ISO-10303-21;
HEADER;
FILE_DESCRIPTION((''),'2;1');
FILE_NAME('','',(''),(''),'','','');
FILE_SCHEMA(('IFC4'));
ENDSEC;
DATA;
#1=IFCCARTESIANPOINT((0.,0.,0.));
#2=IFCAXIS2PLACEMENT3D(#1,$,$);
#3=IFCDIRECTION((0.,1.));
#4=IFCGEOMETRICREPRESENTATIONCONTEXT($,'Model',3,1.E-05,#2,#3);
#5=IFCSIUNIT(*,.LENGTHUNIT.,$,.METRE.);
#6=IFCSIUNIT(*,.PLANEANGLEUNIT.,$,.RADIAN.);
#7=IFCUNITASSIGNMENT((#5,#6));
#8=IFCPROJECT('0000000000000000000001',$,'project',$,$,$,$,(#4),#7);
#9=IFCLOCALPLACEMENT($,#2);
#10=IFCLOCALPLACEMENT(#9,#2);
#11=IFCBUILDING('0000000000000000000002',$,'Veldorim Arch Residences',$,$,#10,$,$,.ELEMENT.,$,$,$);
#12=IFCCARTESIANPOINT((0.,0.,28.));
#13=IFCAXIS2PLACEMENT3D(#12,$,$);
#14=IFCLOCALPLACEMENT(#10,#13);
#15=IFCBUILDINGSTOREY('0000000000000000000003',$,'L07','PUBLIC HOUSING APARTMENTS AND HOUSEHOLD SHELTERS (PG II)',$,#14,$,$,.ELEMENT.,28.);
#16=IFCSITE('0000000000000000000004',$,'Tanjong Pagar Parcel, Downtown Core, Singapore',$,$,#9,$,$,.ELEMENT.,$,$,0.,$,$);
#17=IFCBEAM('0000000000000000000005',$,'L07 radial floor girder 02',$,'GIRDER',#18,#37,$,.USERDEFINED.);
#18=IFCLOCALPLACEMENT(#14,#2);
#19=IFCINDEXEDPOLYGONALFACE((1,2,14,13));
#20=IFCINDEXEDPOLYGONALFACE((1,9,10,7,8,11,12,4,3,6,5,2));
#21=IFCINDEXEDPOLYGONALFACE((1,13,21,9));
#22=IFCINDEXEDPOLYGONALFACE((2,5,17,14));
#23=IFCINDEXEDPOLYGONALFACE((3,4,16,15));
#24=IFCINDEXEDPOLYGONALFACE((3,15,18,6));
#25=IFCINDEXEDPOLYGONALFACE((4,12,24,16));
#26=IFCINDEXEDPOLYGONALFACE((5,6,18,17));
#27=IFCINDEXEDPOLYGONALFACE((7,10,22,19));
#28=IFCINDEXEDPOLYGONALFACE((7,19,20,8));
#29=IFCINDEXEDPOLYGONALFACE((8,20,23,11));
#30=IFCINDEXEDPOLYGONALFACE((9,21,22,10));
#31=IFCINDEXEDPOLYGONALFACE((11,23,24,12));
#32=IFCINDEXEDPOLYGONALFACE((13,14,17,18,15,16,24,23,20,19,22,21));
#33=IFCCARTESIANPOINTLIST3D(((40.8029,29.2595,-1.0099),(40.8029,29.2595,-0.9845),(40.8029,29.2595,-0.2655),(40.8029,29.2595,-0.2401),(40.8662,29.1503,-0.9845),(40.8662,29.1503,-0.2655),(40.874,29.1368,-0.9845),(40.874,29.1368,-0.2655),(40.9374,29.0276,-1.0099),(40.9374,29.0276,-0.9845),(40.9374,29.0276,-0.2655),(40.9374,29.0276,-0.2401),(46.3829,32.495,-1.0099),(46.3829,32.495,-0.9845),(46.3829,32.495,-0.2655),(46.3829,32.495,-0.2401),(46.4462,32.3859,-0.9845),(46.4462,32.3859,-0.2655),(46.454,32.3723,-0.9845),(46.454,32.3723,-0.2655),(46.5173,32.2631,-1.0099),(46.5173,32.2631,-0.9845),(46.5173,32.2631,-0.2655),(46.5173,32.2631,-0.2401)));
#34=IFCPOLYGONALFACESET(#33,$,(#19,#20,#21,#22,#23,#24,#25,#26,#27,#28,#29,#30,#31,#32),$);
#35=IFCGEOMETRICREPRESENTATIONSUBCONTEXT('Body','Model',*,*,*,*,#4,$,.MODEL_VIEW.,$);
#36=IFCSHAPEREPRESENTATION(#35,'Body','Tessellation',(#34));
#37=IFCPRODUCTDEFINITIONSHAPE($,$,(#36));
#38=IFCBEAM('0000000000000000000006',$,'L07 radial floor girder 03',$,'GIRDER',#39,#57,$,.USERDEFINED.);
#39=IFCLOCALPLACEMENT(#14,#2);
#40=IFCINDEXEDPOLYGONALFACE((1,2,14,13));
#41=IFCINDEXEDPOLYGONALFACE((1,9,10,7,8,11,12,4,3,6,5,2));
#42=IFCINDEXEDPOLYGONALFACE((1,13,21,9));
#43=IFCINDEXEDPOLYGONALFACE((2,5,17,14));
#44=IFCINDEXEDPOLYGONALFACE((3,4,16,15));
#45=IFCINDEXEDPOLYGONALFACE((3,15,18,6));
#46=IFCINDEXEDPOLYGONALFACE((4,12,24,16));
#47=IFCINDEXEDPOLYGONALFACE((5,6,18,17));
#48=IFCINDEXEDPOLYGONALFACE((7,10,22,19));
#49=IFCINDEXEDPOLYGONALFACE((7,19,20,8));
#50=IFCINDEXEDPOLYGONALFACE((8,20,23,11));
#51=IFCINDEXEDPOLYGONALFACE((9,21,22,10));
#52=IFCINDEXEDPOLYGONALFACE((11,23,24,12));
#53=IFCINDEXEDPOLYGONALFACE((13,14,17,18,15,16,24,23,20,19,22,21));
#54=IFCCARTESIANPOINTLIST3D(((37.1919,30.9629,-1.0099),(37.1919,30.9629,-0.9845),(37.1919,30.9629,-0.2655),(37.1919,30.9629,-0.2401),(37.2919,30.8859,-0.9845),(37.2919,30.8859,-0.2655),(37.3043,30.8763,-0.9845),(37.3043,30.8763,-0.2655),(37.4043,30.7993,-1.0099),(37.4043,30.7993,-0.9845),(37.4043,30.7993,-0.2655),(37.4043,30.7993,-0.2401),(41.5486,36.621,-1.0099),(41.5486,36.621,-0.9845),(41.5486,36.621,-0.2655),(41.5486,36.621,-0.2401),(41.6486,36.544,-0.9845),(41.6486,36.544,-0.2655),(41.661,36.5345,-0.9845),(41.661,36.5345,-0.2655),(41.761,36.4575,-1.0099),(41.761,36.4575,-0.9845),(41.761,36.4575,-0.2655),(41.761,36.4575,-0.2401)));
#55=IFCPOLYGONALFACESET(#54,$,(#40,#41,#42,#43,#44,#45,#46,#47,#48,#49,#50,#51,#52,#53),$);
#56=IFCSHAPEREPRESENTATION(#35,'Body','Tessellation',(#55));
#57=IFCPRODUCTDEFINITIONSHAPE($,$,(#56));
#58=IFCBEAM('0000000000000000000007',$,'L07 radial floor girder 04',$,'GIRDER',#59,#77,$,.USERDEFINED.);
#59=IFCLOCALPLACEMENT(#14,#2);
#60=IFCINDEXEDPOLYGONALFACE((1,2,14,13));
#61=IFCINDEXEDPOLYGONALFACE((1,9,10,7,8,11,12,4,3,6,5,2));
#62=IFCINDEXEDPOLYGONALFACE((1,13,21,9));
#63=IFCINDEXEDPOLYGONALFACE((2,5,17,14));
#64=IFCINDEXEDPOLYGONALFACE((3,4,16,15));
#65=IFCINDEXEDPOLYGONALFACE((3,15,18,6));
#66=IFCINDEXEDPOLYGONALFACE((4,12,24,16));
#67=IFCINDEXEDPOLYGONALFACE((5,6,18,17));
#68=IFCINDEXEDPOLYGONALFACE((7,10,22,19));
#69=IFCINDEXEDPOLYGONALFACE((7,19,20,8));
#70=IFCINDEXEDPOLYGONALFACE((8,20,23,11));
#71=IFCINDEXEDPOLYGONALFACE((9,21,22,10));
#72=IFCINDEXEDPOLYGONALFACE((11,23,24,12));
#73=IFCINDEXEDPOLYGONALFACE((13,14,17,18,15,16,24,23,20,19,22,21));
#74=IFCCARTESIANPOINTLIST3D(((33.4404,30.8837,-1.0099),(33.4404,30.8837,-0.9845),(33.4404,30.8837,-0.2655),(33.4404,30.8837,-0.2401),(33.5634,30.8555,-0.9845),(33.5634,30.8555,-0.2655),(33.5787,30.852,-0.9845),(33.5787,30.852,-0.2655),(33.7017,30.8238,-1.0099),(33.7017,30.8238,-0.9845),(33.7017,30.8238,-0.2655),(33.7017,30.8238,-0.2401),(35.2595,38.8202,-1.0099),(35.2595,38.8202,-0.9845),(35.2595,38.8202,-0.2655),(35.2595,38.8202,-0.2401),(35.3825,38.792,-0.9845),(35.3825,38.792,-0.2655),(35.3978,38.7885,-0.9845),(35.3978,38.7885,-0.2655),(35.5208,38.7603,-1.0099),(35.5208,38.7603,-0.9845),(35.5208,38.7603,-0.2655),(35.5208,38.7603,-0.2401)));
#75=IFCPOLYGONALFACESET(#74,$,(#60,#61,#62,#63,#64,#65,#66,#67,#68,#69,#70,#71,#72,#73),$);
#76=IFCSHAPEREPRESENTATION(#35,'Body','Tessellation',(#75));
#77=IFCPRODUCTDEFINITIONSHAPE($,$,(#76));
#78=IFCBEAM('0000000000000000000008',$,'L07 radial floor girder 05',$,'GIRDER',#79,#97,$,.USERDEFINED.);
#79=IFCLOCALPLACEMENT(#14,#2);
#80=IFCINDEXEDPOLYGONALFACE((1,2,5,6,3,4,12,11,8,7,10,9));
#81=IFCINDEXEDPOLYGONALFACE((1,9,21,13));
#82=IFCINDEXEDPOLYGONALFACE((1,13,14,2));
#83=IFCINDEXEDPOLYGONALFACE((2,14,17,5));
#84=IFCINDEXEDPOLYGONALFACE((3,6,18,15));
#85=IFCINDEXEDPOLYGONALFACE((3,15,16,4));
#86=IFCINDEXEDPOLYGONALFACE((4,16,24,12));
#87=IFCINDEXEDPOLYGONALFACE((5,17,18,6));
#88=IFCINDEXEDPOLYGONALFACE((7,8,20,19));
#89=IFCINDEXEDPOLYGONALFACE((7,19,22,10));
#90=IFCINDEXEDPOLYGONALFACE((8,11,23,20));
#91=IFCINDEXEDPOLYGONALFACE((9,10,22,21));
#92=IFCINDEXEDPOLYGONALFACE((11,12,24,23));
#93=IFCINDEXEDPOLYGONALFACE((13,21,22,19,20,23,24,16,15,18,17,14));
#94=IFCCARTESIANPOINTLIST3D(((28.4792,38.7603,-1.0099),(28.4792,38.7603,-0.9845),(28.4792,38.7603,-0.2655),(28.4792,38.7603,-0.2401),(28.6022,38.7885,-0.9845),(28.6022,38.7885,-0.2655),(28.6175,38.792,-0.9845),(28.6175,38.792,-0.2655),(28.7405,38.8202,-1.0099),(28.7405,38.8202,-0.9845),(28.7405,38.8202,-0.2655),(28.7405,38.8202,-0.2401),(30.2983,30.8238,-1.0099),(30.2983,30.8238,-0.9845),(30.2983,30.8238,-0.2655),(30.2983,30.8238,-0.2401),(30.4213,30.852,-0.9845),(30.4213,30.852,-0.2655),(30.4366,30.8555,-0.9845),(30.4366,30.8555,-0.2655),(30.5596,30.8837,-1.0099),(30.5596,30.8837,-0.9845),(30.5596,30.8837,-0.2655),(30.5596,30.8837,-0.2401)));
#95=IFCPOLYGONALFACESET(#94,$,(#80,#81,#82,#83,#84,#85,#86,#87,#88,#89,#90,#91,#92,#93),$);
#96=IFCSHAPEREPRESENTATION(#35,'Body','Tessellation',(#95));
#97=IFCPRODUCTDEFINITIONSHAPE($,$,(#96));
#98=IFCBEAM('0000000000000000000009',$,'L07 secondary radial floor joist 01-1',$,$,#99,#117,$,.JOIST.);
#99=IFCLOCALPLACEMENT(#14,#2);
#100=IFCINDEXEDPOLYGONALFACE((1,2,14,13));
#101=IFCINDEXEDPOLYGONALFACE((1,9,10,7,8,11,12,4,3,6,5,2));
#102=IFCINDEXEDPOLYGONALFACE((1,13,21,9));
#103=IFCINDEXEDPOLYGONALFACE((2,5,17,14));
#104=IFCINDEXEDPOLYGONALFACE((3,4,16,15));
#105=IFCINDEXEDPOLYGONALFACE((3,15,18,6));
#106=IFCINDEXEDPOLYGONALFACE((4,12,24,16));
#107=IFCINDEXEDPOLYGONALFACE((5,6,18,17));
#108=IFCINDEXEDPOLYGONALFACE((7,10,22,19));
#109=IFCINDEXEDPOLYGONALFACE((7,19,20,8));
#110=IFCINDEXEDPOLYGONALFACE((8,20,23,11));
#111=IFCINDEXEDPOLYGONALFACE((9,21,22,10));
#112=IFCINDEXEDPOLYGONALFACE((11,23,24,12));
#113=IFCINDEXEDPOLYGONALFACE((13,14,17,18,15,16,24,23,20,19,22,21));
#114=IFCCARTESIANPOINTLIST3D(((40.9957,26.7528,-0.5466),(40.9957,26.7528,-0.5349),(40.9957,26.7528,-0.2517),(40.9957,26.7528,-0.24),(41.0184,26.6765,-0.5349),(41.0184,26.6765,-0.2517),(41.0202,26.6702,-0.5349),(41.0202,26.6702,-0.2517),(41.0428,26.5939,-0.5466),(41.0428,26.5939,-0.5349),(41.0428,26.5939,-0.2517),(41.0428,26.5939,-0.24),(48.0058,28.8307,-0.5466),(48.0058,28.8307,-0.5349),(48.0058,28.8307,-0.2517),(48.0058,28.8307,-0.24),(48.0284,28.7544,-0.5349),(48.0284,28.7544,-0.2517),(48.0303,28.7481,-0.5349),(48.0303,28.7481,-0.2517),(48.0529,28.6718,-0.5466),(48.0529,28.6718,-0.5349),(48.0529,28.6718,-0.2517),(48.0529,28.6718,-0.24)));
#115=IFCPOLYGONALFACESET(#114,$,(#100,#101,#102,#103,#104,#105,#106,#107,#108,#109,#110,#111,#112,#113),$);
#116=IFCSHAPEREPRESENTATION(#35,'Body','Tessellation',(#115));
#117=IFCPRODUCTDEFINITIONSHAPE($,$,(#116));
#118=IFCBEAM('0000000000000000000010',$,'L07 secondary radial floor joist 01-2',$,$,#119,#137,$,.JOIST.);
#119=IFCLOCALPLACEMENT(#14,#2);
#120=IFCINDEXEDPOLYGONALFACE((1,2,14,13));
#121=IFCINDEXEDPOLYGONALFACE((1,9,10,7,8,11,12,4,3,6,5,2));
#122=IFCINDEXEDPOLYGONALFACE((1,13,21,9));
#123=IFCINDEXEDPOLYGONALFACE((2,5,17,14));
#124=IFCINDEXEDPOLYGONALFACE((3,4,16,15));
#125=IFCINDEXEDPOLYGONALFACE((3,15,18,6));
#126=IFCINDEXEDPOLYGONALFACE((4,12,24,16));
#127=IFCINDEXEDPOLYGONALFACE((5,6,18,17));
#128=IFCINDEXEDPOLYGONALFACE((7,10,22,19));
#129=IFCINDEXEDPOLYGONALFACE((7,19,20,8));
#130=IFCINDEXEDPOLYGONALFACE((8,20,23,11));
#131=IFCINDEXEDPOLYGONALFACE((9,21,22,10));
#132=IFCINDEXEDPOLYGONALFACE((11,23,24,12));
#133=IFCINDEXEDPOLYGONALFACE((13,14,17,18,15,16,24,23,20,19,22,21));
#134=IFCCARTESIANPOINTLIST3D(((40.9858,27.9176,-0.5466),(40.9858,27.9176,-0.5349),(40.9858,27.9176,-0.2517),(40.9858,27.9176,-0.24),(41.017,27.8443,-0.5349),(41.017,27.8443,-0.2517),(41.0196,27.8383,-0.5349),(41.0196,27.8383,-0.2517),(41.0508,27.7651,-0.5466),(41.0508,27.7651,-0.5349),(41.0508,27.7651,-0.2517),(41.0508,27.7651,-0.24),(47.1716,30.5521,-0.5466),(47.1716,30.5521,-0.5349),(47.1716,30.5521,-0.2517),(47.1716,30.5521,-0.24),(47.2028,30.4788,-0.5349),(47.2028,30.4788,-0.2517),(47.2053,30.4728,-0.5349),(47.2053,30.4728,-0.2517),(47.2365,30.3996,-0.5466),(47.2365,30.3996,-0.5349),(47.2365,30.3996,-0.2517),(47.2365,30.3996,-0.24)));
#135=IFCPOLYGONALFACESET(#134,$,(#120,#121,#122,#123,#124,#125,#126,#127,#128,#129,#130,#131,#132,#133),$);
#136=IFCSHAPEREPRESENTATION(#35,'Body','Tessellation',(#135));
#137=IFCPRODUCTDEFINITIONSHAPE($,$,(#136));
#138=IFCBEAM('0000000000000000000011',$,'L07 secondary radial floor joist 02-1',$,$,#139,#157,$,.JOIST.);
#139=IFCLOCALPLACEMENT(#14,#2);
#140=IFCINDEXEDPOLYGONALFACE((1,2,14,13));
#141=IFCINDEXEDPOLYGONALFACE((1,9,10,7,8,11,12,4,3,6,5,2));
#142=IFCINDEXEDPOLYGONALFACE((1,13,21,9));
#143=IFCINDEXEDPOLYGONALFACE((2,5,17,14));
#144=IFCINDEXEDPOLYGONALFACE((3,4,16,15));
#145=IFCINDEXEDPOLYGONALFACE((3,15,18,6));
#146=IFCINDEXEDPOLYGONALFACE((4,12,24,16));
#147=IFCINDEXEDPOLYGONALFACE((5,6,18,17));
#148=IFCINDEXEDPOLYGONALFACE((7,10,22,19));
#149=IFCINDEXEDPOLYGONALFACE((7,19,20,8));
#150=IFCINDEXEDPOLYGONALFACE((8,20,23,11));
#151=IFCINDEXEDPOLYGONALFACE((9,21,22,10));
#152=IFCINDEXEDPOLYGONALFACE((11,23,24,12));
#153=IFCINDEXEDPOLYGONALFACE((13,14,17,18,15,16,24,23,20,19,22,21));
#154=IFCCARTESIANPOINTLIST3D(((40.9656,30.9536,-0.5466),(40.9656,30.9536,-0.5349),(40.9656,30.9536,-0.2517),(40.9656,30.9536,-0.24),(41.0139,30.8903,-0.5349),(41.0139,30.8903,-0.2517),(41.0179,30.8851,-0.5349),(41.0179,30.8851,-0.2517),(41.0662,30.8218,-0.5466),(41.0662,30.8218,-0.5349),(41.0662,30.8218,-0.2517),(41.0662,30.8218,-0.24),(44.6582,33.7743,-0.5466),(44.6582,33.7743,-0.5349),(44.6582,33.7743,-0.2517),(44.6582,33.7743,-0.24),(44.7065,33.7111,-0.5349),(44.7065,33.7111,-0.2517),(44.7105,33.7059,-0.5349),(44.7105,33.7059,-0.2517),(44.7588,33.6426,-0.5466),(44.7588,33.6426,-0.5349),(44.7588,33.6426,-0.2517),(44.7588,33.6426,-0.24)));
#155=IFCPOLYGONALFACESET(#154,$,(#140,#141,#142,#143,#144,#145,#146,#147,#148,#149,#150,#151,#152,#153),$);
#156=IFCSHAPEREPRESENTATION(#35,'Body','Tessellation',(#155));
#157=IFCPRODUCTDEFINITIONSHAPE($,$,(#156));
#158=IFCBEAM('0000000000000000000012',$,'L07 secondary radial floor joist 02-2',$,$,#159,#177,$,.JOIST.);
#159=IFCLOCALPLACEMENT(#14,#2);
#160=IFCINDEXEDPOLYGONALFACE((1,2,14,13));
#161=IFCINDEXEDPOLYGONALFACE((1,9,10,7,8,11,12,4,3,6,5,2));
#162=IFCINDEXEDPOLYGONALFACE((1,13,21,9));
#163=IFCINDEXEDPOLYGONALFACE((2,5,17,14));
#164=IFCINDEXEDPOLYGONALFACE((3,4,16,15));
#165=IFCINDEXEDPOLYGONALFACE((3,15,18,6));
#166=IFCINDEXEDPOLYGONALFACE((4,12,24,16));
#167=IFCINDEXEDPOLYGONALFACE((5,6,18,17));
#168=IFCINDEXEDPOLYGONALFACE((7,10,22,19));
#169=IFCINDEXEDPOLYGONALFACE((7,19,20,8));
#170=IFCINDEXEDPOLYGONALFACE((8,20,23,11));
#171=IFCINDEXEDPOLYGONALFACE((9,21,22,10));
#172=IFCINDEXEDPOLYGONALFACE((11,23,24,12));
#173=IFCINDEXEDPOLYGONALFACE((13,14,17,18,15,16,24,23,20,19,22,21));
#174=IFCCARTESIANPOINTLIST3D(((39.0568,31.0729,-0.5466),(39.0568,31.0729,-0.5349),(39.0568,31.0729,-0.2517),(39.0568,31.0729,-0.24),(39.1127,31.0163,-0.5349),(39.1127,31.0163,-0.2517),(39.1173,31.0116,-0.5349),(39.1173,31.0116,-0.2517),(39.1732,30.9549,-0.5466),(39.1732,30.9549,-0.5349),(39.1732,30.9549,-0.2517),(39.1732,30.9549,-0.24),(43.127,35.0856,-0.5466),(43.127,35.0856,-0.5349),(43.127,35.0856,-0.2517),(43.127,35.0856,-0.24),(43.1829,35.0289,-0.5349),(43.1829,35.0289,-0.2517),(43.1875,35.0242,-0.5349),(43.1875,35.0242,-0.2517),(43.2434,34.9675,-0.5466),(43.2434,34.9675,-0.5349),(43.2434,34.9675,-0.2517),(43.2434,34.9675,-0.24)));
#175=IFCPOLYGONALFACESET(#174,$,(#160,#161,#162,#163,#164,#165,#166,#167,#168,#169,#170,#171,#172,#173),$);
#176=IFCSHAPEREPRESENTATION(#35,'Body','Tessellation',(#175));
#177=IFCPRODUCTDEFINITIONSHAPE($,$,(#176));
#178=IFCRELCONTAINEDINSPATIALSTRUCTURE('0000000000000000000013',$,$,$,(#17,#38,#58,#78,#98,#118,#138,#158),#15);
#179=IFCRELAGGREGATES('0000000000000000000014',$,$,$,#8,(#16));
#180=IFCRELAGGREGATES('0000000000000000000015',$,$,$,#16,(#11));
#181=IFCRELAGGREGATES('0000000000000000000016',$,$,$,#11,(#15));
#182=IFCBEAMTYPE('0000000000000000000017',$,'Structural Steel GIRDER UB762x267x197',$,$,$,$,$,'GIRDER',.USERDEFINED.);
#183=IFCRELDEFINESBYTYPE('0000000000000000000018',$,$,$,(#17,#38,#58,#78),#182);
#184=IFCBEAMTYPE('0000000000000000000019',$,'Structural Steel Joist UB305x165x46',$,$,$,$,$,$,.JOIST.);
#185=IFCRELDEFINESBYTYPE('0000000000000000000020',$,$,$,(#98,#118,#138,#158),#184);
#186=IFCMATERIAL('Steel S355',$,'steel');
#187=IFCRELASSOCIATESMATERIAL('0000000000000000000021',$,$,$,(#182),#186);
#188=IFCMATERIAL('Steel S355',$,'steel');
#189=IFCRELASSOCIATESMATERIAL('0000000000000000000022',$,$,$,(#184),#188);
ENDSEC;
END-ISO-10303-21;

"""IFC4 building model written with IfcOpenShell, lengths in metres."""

from ifc_helpers import new_model, si_unit, direction, frame, origin, origin_2d, place, context, subcontext, project, spatial, i_section, extrude, material, material_profile, profile_set, type_object, element, save


model = new_model("IFC4")

# Units and contexts
model_context = context("Model", 3, precision=1e-05, world=origin(), true_north=direction((0.0, 1.0)))
body_context = subcontext(model_context, "Body", "Model", "MODEL_VIEW")
ifc_project = project(units=[si_unit("LENGTHUNIT", "METRE"), si_unit("PLANEANGLEUNIT", "RADIAN")], contexts=[model_context])

# Site, building, storey
site_placement = place(None, origin())
site = spatial("IfcSite", under=ifc_project, at=site_placement, Name="Tanjong Pagar Parcel, Downtown Core, Singapore", CompositionType="ELEMENT", RefElevation=0.0)
building_placement = place(site_placement, origin())
building = spatial("IfcBuilding", under=site, at=building_placement, Name="Veldorim Arch Residences", CompositionType="ELEMENT")
storey_placement = place(building_placement, frame((0.0, 0.0, 28.0)))
storey = spatial("IfcBuildingStorey", under=building, at=storey_placement, Name="L07", Description="PUBLIC HOUSING APARTMENTS AND HOUSEHOLD SHELTERS (PG II)", CompositionType="ELEMENT", Elevation=28.0)

# Beams
ifc_material_1 = material(Name="Steel S355", Category="steel")
ifc_material_profile_1 = material_profile(ifc_material_1, i_section(OverallWidth=0.2681, OverallDepth=0.7698, WebThickness=0.0156, FlangeThickness=0.0254, at=origin_2d()), Name="UB762x267x197")
ifc_profile_set_1 = profile_set([ifc_material_profile_1], Name="Steel S355")
beam_type_1 = type_object("IfcBeamType", Name="Structural Steel GIRDER UB762x267x197", ElementType="GIRDER", PredefinedType="USERDEFINED", material=ifc_profile_set_1)
beam_1_placement = place(storey_placement, frame((40.8701, 29.1436, -0.625), z_axis=(0.865088, 0.50162, 0.0), x_axis=(-0.50162, 0.865088, 0.0)))
element("IfcBeam", 1, at=beam_1_placement, inside=storey, type_object=beam_type_1, Name="L07 radial floor girder 02", ObjectType="GIRDER", PredefinedType="USERDEFINED", context=body_context, shape_type="SweptSolid", body=[
    extrude(i_section(OverallWidth=0.2681, OverallDepth=0.7698, WebThickness=0.0156, FlangeThickness=0.0254, at=origin_2d()), origin(), (0.0, 0.0, 1.0), 6.4502),
])
beam_2_placement = place(storey_placement, frame((37.2981, 30.8811, -0.625), z_axis=(0.610082, 0.792338, 0.0), x_axis=(-0.792338, 0.610082, 0.0)))
element("IfcBeam", 2, at=beam_2_placement, inside=storey, type_object=beam_type_1, Name="L07 radial floor girder 03", ObjectType="GIRDER", PredefinedType="USERDEFINED", context=body_context, shape_type="SweptSolid", body=[
    extrude(i_section(OverallWidth=0.2681, OverallDepth=0.7698, WebThickness=0.0156, FlangeThickness=0.0254, at=origin_2d()), origin(), (0.0, 0.0, 1.0), 7.1411),
])
for number, where, z_axis, x_axis, name in (
    (3, (33.571, 30.8538, -0.625), (0.223412, 0.974724, 0.0), (-0.974724, 0.223412, 0.0), "L07 radial floor girder 04"),
    (4, (30.429, 30.8538, -0.625), (-0.223412, 0.974724, 0.0), (-0.974724, -0.223412, 0.0), "L07 radial floor girder 05"),
):
    element("IfcBeam", number, at=place(storey_placement, frame(where, z_axis=z_axis, x_axis=x_axis)), inside=storey, type_object=beam_type_1, Name=name, ObjectType="GIRDER", PredefinedType="USERDEFINED", context=body_context, shape_type="SweptSolid", body=[
        extrude(i_section(OverallWidth=0.2681, OverallDepth=0.7698, WebThickness=0.0156, FlangeThickness=0.0254, at=origin_2d()), origin(), (0.0, 0.0, 1.0), 8.1423),
    ])
ifc_material_2 = material(Name="Steel S355", Category="steel")
ifc_material_profile_2 = material_profile(ifc_material_2, i_section(OverallWidth=0.1658, OverallDepth=0.3066, WebThickness=0.0066, FlangeThickness=0.0117, at=origin_2d()), Name="UB305x165x46")
ifc_profile_set_2 = profile_set([ifc_material_profile_2], Name="Steel S355")
beam_type_2 = type_object("IfcBeamType", Name="Structural Steel Joist UB305x165x46", PredefinedType="JOIST", material=ifc_profile_set_2)
beam_3_placement = place(storey_placement, frame((41.0193, 26.6733, -0.3933), z_axis=(0.958767, 0.284194, 0.0), x_axis=(-0.284194, 0.958767, 0.0)))
element("IfcBeam", 5, at=beam_3_placement, inside=storey, type_object=beam_type_2, Name="L07 secondary radial floor joist 01-1", PredefinedType="JOIST", context=body_context, shape_type="SweptSolid", body=[
    extrude(i_section(OverallWidth=0.1658, OverallDepth=0.3066, WebThickness=0.0066, FlangeThickness=0.0117, at=origin_2d()), origin(), (0.0, 0.0, 1.0), 7.3115),
])
beam_4_placement = place(storey_placement, frame((41.0183, 27.8413, -0.3933), z_axis=(0.920033, 0.391841, 0.0), x_axis=(-0.391841, 0.920033, 0.0)))
element("IfcBeam", 6, at=beam_4_placement, inside=storey, type_object=beam_type_2, Name="L07 secondary radial floor joist 01-2", PredefinedType="JOIST", context=body_context, shape_type="SweptSolid", body=[
    extrude(i_section(OverallWidth=0.1658, OverallDepth=0.3066, WebThickness=0.0066, FlangeThickness=0.0117, at=origin_2d()), origin(), (0.0, 0.0, 1.0), 6.7234),
])
beam_5_placement = place(storey_placement, frame((41.0159, 30.8877, -0.3933), z_axis=(0.794666, 0.607046, 0.0), x_axis=(-0.607046, 0.794666, 0.0)))
element("IfcBeam", 7, at=beam_5_placement, inside=storey, type_object=beam_type_2, Name="L07 secondary radial floor joist 02-1", PredefinedType="JOIST", context=body_context, shape_type="SweptSolid", body=[
    extrude(i_section(OverallWidth=0.1658, OverallDepth=0.3066, WebThickness=0.0066, FlangeThickness=0.0117, at=origin_2d()), origin(), (0.0, 0.0, 1.0), 4.6467),
])
beam_6_placement = place(storey_placement, frame((39.115, 31.0139, -0.3933), z_axis=(0.712129, 0.702049, 0.0), x_axis=(-0.702049, 0.712129, 0.0)))
element("IfcBeam", 8, at=beam_6_placement, inside=storey, type_object=beam_type_2, Name="L07 secondary radial floor joist 02-2", PredefinedType="JOIST", context=body_context, shape_type="SweptSolid", body=[
    extrude(i_section(OverallWidth=0.1658, OverallDepth=0.3066, WebThickness=0.0066, FlangeThickness=0.0117, at=origin_2d()), origin(), (0.0, 0.0, 1.0), 5.7156),
])

save(model, "model.ifc")
